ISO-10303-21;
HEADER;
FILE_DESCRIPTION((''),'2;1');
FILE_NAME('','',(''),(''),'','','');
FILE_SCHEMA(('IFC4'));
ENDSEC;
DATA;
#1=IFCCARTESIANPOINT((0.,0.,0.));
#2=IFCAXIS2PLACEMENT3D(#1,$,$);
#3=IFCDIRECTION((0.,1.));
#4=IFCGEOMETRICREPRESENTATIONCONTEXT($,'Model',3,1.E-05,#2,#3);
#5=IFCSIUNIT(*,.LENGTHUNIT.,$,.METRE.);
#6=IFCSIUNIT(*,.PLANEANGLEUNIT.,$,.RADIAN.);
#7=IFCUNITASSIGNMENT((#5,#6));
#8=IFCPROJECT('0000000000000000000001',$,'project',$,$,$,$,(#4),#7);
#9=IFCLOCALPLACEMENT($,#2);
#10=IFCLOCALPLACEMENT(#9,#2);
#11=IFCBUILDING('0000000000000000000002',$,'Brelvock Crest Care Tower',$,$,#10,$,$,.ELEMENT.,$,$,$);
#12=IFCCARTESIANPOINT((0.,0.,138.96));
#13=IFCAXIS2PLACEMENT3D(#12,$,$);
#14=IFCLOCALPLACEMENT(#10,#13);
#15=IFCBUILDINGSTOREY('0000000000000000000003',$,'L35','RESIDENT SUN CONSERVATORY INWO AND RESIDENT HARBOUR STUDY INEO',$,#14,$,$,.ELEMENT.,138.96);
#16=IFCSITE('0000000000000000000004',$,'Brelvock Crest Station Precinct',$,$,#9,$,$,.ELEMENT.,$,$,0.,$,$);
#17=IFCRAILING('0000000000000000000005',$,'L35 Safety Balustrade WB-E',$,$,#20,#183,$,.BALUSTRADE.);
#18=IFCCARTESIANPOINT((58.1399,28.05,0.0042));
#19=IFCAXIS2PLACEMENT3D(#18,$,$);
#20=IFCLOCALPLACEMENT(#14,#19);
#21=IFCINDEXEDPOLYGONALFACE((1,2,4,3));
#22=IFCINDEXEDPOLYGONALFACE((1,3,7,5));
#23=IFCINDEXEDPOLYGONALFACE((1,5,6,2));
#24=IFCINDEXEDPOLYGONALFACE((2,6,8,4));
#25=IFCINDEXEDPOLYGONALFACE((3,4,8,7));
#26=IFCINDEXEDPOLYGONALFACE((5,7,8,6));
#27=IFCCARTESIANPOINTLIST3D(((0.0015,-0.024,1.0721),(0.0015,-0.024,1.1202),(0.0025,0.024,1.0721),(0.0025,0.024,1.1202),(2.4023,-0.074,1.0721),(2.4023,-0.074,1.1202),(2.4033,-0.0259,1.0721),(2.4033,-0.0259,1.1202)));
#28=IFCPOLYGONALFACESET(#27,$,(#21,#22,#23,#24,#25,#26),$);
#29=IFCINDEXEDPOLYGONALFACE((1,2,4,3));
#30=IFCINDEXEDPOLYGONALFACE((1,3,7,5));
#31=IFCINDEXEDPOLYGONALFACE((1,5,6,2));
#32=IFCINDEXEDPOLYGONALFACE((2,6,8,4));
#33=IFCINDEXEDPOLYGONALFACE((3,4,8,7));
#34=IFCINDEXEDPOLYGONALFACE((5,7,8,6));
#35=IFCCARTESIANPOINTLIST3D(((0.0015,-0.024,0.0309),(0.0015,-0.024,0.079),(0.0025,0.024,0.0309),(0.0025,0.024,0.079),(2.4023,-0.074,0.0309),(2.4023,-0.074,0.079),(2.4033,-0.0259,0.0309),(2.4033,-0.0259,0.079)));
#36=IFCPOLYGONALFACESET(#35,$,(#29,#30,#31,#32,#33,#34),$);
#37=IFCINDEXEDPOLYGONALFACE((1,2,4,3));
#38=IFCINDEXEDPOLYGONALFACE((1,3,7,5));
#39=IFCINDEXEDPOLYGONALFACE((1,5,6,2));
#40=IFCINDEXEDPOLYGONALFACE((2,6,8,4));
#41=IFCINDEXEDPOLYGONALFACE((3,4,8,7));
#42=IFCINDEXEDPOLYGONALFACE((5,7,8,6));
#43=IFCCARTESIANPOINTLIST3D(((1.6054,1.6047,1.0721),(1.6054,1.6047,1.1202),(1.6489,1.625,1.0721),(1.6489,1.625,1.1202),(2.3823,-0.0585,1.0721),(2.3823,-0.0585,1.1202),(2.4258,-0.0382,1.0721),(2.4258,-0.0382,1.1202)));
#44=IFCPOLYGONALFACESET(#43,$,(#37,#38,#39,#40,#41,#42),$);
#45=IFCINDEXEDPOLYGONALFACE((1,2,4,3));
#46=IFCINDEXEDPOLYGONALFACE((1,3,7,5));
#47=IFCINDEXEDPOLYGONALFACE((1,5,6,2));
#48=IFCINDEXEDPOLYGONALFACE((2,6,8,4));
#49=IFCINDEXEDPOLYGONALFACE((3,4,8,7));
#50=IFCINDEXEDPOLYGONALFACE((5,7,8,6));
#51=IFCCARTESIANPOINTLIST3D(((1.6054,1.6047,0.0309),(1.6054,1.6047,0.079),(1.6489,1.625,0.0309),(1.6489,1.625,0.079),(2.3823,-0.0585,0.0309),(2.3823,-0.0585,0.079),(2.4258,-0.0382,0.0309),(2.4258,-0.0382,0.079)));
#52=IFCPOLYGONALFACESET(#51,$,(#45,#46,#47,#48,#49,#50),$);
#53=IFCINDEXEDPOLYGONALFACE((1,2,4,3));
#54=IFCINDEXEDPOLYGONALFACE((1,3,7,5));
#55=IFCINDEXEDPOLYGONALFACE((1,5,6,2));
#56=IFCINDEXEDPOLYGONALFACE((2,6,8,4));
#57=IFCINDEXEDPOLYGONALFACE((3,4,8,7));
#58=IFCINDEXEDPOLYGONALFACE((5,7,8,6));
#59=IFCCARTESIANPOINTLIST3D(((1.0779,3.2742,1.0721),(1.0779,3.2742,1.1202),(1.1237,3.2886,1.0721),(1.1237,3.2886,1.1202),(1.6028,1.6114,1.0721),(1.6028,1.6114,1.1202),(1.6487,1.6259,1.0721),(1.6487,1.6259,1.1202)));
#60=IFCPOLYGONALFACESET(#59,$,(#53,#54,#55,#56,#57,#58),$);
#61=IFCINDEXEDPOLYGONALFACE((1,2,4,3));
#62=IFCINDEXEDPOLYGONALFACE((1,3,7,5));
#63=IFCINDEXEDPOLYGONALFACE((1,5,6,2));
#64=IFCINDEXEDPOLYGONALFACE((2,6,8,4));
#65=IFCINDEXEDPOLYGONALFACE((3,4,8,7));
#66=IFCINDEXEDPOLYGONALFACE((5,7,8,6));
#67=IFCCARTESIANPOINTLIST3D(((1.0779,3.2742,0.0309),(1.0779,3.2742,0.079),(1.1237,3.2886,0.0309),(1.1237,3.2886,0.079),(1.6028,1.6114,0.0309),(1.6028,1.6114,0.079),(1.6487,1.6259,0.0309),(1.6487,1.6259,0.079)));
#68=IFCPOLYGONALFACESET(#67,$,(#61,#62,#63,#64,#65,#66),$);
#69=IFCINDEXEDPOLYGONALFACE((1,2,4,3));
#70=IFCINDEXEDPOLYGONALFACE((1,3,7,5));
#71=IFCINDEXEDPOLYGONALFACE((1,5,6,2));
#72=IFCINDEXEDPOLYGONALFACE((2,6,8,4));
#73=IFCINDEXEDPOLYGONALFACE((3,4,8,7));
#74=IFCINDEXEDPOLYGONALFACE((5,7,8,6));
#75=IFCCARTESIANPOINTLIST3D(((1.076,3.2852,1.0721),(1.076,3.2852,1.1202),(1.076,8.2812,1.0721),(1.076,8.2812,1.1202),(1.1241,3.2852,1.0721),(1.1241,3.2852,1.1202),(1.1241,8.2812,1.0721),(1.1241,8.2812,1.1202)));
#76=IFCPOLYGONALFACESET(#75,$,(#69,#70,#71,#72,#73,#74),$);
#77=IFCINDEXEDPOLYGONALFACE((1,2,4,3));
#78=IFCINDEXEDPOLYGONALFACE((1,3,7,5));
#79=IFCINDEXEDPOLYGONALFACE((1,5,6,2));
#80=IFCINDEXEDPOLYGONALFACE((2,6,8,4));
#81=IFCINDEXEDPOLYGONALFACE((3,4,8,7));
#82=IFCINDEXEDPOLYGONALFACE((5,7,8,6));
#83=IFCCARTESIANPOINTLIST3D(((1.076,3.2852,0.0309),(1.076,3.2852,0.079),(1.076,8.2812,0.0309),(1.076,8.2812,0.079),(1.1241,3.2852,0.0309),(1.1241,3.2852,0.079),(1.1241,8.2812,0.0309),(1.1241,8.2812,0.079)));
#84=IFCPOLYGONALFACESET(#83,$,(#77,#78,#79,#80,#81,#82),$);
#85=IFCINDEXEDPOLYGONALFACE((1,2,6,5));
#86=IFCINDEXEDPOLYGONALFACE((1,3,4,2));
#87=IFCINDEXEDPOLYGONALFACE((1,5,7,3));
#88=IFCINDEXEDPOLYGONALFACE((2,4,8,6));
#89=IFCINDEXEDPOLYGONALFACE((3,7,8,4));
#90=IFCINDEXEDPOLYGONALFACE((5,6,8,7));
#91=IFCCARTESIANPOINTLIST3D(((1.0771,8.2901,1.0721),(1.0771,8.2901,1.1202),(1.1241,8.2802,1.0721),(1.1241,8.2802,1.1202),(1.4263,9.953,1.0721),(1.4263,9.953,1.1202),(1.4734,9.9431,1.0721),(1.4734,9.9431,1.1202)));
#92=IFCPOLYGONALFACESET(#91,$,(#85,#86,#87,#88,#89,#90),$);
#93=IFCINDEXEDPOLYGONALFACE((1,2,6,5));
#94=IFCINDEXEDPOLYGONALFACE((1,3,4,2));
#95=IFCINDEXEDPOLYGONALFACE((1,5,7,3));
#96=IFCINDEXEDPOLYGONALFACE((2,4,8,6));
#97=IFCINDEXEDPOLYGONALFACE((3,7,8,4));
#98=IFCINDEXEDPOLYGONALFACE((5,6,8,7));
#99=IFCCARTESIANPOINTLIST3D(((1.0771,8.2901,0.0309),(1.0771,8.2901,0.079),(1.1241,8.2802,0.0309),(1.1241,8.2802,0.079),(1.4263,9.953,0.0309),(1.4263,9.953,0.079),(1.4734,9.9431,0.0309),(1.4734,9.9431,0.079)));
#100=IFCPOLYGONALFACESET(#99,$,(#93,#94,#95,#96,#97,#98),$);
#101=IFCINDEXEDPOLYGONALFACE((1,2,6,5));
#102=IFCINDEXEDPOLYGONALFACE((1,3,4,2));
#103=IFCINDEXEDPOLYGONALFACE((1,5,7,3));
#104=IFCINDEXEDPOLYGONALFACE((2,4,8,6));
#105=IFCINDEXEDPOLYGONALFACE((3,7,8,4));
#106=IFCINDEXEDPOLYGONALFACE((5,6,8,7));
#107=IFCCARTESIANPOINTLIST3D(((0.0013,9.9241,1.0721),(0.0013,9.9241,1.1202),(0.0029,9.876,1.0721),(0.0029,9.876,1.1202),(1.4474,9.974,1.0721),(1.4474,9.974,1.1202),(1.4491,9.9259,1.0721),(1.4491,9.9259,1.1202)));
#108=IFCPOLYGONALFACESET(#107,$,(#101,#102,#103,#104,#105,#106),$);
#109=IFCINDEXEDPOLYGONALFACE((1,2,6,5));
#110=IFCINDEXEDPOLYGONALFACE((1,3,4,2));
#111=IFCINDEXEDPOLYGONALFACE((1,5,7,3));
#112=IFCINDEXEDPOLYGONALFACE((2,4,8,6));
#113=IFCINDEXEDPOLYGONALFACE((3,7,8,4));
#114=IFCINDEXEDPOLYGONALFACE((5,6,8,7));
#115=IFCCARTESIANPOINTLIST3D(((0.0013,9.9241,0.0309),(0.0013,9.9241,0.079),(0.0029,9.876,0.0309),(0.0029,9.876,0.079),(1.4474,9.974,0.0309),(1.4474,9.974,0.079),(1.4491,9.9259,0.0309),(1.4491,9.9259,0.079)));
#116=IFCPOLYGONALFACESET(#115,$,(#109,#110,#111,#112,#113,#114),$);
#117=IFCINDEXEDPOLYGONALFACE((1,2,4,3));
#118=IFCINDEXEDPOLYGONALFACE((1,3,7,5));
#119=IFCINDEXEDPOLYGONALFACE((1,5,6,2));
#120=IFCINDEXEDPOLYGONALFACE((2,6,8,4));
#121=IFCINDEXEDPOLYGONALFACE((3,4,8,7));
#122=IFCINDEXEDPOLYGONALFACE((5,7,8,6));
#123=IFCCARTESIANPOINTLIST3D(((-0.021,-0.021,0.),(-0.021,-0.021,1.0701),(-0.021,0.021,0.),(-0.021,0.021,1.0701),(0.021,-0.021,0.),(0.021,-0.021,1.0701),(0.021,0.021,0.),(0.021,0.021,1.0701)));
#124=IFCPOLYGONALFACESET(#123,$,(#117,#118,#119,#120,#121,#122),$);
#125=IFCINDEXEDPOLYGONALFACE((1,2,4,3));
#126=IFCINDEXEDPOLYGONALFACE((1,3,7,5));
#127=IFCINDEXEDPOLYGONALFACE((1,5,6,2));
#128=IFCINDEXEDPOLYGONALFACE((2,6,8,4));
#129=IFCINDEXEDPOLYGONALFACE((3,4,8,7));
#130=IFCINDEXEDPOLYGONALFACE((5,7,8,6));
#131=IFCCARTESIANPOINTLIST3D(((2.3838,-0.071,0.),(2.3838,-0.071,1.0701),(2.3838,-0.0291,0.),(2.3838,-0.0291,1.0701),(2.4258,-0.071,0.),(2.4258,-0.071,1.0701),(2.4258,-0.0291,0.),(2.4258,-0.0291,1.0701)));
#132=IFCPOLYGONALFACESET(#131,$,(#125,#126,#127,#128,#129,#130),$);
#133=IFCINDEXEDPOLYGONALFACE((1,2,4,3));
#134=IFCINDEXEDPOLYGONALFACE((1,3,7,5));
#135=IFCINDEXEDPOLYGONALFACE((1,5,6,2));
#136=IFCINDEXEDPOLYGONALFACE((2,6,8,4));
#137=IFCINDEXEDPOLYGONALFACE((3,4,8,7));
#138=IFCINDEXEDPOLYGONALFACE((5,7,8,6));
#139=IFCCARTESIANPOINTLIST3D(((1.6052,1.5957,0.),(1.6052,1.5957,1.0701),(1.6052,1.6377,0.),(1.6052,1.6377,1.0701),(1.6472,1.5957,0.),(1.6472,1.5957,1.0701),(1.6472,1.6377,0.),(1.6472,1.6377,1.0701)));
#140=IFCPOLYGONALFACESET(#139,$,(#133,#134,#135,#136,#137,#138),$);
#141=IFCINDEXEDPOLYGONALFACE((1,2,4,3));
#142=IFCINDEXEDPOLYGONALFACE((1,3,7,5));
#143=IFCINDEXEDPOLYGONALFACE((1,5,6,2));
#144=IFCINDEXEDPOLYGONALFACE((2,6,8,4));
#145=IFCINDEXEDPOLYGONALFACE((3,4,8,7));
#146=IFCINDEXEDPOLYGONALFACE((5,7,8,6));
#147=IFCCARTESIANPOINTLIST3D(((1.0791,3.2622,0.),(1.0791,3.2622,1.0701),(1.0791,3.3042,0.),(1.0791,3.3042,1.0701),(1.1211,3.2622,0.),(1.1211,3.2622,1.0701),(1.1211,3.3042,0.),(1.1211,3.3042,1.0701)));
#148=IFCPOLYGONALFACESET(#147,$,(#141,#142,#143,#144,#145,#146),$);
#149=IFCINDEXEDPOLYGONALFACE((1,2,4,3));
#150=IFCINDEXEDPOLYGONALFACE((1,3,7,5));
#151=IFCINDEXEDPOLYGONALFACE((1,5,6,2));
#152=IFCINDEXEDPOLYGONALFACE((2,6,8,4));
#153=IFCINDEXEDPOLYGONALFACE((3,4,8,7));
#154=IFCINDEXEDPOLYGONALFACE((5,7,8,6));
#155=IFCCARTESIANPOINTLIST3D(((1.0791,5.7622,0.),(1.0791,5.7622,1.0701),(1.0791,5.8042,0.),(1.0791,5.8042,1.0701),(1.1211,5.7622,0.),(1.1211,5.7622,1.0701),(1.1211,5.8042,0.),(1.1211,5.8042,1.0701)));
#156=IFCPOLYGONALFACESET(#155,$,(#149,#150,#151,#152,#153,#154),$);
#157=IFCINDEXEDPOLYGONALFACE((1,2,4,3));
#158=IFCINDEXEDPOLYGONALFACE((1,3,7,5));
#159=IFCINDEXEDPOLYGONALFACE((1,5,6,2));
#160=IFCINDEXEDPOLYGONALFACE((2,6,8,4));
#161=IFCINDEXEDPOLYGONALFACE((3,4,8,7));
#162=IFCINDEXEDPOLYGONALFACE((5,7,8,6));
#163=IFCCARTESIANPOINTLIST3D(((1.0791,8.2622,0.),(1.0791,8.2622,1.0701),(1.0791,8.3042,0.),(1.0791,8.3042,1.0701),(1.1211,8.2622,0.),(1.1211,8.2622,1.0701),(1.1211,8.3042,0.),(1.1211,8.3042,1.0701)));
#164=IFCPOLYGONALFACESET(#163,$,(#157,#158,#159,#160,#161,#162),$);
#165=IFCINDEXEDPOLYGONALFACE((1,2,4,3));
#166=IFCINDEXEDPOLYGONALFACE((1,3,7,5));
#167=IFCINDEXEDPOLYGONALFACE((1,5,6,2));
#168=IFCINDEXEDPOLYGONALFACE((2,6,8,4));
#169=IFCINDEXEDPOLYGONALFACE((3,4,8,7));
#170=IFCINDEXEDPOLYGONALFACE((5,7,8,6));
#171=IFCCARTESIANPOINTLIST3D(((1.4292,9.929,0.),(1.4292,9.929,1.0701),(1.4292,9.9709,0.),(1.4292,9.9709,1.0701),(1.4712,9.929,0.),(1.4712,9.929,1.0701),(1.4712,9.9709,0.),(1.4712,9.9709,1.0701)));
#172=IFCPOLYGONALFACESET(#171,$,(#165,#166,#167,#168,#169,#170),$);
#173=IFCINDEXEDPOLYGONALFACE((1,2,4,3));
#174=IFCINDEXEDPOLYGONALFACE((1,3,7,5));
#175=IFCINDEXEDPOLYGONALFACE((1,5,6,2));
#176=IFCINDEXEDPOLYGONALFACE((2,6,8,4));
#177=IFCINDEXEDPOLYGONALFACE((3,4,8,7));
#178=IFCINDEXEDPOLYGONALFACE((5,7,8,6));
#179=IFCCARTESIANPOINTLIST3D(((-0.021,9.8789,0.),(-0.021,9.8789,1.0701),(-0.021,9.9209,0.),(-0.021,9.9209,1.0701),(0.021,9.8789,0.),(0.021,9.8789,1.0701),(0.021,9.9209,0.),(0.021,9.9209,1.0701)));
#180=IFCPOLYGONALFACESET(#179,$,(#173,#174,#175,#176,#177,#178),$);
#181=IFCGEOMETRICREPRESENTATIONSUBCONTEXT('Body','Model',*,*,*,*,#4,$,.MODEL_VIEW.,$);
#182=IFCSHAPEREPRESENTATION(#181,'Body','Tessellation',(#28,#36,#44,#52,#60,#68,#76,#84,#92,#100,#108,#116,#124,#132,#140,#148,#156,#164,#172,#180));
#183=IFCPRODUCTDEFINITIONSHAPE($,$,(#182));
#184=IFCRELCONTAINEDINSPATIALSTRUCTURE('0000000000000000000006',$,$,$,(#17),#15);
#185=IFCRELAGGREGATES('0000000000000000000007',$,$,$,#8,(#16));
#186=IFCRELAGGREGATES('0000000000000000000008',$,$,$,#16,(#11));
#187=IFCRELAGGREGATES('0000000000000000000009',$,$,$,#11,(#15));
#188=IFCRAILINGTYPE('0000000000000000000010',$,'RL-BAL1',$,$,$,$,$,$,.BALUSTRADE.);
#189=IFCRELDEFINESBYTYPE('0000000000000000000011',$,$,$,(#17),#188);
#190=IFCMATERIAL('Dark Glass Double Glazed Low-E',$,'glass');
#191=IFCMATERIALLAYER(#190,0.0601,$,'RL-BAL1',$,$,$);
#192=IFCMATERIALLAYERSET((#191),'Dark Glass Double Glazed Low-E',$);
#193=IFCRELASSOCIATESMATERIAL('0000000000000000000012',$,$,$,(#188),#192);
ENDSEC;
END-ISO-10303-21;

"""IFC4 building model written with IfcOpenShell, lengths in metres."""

from ifc_helpers import new_model, si_unit, direction, frame, origin, origin_2d, place, context, subcontext, project, spatial, rectangle, extrude, material, layer, layer_set, type_object, element, save


model = new_model("IFC4")

# Units and contexts
model_context = context("Model", 3, precision=1e-05, world=origin(), true_north=direction((0.0, 1.0)))
body_context = subcontext(model_context, "Body", "Model", "MODEL_VIEW")
ifc_project = project(units=[si_unit("LENGTHUNIT", "METRE"), si_unit("PLANEANGLEUNIT", "RADIAN")], contexts=[model_context])

# Site, building, storey
site_placement = place(None, origin())
site = spatial("IfcSite", under=ifc_project, at=site_placement, Name="Brelvock Crest Station Precinct", CompositionType="ELEMENT", RefElevation=0.0)
building_placement = place(site_placement, origin())
building = spatial("IfcBuilding", under=site, at=building_placement, Name="Brelvock Crest Care Tower", CompositionType="ELEMENT")
storey_placement = place(building_placement, frame((0.0, 0.0, 138.96)))
storey = spatial("IfcBuildingStorey", under=building, at=storey_placement, Name="L35", Description="RESIDENT SUN CONSERVATORY INWO AND RESIDENT HARBOUR STUDY INEO", CompositionType="ELEMENT", Elevation=138.96)

# Shared definitions
ifc_material_1 = material(Name="Dark Glass Double Glazed Low-E", Category="glass")

# Railing
ifc_layer_1 = layer(ifc_material_1, 0.0601, Name="RL-BAL1")
ifc_layer_set_1 = layer_set([ifc_layer_1], Name="Dark Glass Double Glazed Low-E")
railing_type = type_object("IfcRailingType", Name="RL-BAL1", PredefinedType="BALUSTRADE", material=ifc_layer_set_1)
railing_placement = place(storey_placement, frame((58.1399, 28.05, 0.0042)))
element("IfcRailing", 1, at=railing_placement, inside=storey, type_object=railing_type, Name="L35 Safety Balustrade WB-E", PredefinedType="BALUSTRADE", context=body_context, shape_type="SweptSolid", body=[
    extrude(rectangle(XDim=0.0481, YDim=0.0481, at=origin_2d()), frame((0.002, 0.0, 1.0962), z_axis=(0.999783, -0.020808, 0.0), x_axis=(0.020808, 0.999783, 0.0)), (0.0, 0.0, 1.0), 2.4014),
    extrude(rectangle(XDim=0.0481, YDim=0.0481, at=origin_2d()), frame((0.002, 0.0, 0.0549), z_axis=(0.999783, -0.020808, 0.0), x_axis=(0.020808, 0.999783, 0.0)), (0.0, 0.0, 1.0), 2.4014),
    extrude(rectangle(XDim=0.0481, YDim=0.0481, at=origin_2d()), frame((2.4041, -0.0483, 1.0962), z_axis=(-0.42322, 0.906027, 0.0), x_axis=(-0.906027, -0.42322, 0.0)), (0.0, 0.0, 1.0), 1.8357),
    extrude(rectangle(XDim=0.0481, YDim=0.0481, at=origin_2d()), frame((2.4041, -0.0483, 0.0549), z_axis=(-0.42322, 0.906027, 0.0), x_axis=(-0.906027, -0.42322, 0.0)), (0.0, 0.0, 1.0), 1.8357),
    extrude(rectangle(XDim=0.0481, YDim=0.0481, at=origin_2d()), frame((1.6257, 1.6187, 1.0962), z_axis=(-0.301058, 0.953606, 0.0), x_axis=(-0.953606, -0.301058, 0.0)), (0.0, 0.0, 1.0), 1.7437),
    extrude(rectangle(XDim=0.0481, YDim=0.0481, at=origin_2d()), frame((1.6257, 1.6187, 0.0549), z_axis=(-0.301058, 0.953606, 0.0), x_axis=(-0.953606, -0.301058, 0.0)), (0.0, 0.0, 1.0), 1.7437),
    extrude(rectangle(XDim=0.0481, YDim=0.0481, at=origin_2d()), frame((1.1001, 3.2852, 1.0962), z_axis=(0.0, 1.0, 0.0), x_axis=(-1.0, 0.0, 0.0)), (0.0, 0.0, 1.0), 4.9961),
    extrude(rectangle(XDim=0.0481, YDim=0.0481, at=origin_2d()), frame((1.1001, 3.2852, 0.0549), z_axis=(0.0, 1.0, 0.0), x_axis=(-1.0, 0.0, 0.0)), (0.0, 0.0, 1.0), 4.9961),
    extrude(rectangle(XDim=0.0481, YDim=0.0481, at=origin_2d()), frame((1.1006, 8.2852, 1.0962), z_axis=(0.205563, 0.978644, 0.0), x_axis=(-0.978644, 0.205563, 0.0)), (0.0, 0.0, 1.0), 1.6992),
    extrude(rectangle(XDim=0.0481, YDim=0.0481, at=origin_2d()), frame((1.1006, 8.2852, 0.0549), z_axis=(0.205563, 0.978644, 0.0), x_axis=(-0.978644, 0.205563, 0.0)), (0.0, 0.0, 1.0), 1.6992),
    extrude(rectangle(XDim=0.0481, YDim=0.0481, at=origin_2d()), frame((1.4482, 9.95, 1.0962), z_axis=(-0.999405, -0.034491, 0.0), x_axis=(0.034491, -0.999405, 0.0)), (0.0, 0.0, 1.0), 1.447),
    extrude(rectangle(XDim=0.0481, YDim=0.0481, at=origin_2d()), frame((1.4482, 9.95, 0.0549), z_axis=(-0.999405, -0.034491, 0.0), x_axis=(0.034491, -0.999405, 0.0)), (0.0, 0.0, 1.0), 1.447),
    extrude(rectangle(XDim=0.042, YDim=0.042, at=origin_2d()), origin(), (0.0, 0.0, 1.0), 1.0701),
    extrude(rectangle(XDim=0.042, YDim=0.042, at=origin_2d()), frame((2.4048, -0.05, 0.0)), (0.0, 0.0, 1.0), 1.0701),
    extrude(rectangle(XDim=0.042, YDim=0.042, at=origin_2d()), frame((1.6262, 1.6167, 0.0)), (0.0, 0.0, 1.0), 1.0701),
    extrude(rectangle(XDim=0.042, YDim=0.042, at=origin_2d()), frame((1.1001, 3.2832, 0.0)), (0.0, 0.0, 1.0), 1.0701),
    extrude(rectangle(XDim=0.042, YDim=0.042, at=origin_2d()), frame((1.1001, 5.7832, 0.0)), (0.0, 0.0, 1.0), 1.0701),
    extrude(rectangle(XDim=0.042, YDim=0.042, at=origin_2d()), frame((1.1001, 8.2832, 0.0)), (0.0, 0.0, 1.0), 1.0701),
    extrude(rectangle(XDim=0.042, YDim=0.042, at=origin_2d()), frame((1.4502, 9.95, 0.0)), (0.0, 0.0, 1.0), 1.0701),
    extrude(rectangle(XDim=0.042, YDim=0.042, at=origin_2d()), frame((0.0, 9.8999, 0.0)), (0.0, 0.0, 1.0), 1.0701),
])

save(model, "model.ifc")
